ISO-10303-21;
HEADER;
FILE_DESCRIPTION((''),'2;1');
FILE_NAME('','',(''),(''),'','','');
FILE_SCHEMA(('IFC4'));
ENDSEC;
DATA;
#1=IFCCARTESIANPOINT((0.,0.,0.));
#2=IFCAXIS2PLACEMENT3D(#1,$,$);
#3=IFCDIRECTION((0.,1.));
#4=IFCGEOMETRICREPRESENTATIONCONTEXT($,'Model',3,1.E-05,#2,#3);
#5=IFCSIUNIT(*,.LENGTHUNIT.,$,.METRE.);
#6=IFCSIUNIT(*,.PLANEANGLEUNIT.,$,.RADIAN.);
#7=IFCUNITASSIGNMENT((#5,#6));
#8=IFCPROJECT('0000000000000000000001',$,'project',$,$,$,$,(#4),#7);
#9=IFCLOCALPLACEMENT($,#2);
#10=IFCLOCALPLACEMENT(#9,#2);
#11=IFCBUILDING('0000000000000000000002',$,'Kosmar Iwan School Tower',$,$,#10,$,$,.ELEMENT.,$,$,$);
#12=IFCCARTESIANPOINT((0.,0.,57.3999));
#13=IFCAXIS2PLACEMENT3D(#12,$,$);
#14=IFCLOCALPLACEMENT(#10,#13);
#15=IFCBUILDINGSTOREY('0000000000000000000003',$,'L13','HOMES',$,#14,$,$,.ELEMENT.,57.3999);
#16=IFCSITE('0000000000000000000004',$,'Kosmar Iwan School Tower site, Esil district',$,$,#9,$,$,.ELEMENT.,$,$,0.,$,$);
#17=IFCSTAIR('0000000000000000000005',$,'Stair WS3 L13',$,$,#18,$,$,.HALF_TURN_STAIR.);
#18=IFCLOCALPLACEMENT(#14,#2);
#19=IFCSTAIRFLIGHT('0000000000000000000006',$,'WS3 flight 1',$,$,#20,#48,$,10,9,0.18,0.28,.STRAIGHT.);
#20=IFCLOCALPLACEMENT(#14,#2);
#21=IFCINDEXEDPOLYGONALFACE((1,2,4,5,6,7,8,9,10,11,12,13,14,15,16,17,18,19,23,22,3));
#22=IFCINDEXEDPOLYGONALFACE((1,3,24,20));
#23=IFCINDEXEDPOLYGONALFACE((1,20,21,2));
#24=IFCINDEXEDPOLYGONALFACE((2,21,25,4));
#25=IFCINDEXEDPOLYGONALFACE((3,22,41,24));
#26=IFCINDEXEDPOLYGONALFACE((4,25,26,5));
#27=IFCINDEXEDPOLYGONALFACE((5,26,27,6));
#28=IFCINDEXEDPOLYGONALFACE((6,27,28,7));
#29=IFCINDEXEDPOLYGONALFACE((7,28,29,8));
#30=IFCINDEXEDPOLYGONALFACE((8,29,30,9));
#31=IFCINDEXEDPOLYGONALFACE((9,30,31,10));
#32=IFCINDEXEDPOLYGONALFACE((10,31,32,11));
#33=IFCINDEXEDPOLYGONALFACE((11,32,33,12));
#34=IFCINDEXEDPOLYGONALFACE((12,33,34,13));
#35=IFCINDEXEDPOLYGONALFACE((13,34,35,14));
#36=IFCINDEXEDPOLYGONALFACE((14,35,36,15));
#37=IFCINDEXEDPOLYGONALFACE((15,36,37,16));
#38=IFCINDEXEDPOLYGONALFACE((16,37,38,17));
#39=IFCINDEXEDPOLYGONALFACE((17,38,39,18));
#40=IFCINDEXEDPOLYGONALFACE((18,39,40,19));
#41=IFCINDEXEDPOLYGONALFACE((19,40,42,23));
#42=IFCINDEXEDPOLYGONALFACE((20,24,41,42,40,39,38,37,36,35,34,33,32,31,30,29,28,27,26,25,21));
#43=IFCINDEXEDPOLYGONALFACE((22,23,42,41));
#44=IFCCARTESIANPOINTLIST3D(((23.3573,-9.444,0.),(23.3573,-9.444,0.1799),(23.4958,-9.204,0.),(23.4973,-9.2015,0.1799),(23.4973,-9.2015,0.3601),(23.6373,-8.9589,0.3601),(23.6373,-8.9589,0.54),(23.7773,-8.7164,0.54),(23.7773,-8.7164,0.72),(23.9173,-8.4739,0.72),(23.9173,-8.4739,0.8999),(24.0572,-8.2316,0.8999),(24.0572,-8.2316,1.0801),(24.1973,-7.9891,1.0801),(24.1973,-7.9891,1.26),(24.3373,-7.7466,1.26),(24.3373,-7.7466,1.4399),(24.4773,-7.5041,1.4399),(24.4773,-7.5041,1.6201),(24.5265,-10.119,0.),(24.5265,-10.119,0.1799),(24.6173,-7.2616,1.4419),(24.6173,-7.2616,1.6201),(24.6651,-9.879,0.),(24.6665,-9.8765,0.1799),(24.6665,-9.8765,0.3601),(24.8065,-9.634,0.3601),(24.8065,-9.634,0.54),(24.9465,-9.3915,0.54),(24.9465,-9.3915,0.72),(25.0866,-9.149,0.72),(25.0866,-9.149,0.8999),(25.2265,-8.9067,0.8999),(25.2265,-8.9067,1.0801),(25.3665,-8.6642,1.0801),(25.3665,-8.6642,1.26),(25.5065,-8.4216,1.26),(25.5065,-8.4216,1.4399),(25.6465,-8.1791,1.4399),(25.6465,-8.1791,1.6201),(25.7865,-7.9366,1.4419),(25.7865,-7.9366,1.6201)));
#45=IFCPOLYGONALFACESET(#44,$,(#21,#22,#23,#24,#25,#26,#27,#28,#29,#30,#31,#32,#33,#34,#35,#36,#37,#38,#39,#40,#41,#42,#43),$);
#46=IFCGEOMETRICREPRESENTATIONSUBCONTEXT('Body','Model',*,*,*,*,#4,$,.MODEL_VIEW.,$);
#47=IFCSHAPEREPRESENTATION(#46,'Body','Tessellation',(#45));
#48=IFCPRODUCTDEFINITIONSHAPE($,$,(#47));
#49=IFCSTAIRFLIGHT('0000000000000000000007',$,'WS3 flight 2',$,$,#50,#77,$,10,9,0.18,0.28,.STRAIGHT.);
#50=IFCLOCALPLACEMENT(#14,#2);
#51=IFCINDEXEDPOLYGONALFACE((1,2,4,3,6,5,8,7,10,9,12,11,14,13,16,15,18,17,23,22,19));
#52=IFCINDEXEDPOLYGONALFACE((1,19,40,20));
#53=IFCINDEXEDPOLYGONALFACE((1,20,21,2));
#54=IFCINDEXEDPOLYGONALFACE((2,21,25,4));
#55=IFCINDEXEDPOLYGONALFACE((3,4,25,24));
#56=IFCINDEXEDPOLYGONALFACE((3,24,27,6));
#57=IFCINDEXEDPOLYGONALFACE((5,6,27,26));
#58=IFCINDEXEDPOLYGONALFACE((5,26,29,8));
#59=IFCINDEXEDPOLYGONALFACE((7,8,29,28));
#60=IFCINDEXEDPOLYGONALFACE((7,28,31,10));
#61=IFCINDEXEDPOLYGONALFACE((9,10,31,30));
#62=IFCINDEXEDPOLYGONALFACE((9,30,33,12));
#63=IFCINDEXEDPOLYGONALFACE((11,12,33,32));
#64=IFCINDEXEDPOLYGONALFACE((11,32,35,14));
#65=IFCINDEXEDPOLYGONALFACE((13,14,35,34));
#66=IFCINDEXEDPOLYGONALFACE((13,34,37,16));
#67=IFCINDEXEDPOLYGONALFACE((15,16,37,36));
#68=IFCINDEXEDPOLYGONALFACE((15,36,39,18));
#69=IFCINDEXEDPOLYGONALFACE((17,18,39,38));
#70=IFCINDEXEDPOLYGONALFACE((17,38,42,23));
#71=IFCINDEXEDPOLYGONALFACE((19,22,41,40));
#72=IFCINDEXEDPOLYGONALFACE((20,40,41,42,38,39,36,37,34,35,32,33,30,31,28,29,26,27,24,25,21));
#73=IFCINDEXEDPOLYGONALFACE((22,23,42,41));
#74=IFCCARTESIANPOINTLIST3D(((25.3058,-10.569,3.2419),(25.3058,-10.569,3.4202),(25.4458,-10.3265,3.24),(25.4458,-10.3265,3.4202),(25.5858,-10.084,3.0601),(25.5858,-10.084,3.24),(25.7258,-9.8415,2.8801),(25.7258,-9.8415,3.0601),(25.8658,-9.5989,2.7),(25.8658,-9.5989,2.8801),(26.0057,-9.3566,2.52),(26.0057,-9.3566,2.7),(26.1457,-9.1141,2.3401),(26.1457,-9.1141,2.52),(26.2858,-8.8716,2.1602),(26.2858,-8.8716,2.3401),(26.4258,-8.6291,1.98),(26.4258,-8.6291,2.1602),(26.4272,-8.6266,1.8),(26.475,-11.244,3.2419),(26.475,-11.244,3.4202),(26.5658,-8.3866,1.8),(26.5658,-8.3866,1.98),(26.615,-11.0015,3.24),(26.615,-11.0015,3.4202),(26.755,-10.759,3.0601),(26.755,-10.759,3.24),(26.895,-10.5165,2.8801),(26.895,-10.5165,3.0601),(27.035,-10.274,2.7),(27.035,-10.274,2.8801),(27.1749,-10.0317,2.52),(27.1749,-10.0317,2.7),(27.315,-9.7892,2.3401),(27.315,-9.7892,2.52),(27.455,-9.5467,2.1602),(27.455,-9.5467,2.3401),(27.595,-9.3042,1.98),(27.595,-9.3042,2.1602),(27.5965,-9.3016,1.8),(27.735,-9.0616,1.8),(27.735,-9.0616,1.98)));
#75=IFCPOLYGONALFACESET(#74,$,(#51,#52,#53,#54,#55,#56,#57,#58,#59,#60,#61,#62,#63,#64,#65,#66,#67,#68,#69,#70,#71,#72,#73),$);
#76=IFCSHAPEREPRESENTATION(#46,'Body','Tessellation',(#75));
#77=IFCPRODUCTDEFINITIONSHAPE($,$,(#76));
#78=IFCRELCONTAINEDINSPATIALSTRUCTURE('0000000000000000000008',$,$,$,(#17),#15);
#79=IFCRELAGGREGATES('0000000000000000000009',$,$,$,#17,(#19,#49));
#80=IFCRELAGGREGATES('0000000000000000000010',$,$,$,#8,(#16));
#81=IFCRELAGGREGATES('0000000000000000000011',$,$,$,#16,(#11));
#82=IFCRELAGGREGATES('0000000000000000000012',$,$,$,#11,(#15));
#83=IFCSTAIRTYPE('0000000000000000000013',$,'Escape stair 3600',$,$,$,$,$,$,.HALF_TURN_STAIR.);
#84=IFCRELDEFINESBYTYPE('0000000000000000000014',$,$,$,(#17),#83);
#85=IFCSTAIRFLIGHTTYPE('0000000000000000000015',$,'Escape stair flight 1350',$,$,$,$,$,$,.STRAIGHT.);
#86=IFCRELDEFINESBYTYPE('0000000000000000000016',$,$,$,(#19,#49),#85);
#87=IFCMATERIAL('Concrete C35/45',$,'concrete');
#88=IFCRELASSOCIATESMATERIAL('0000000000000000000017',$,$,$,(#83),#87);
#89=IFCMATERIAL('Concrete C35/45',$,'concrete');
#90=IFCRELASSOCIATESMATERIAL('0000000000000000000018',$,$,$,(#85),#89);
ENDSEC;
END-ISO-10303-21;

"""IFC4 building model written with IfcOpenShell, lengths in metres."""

from ifc_helpers import new_model, si_unit, direction, frame, origin, place, context, subcontext, project, spatial, polyline, outline, extrude, material, type_object, element, aggregate, save


model = new_model("IFC4")

# Units and contexts
model_context = context("Model", 3, precision=1e-05, world=origin(), true_north=direction((0.0, 1.0)))
body_context = subcontext(model_context, "Body", "Model", "MODEL_VIEW")
ifc_project = project(units=[si_unit("LENGTHUNIT", "METRE"), si_unit("PLANEANGLEUNIT", "RADIAN")], contexts=[model_context])

# Site, building, storey
site_placement = place(None, origin())
site = spatial("IfcSite", under=ifc_project, at=site_placement, Name="Kosmar Iwan School Tower site, Esil district", CompositionType="ELEMENT", RefElevation=0.0)
building_placement = place(site_placement, origin())
building = spatial("IfcBuilding", under=site, at=building_placement, Name="Kosmar Iwan School Tower", CompositionType="ELEMENT")
storey_placement = place(building_placement, frame((0.0, 0.0, 57.3999)))
storey = spatial("IfcBuildingStorey", under=building, at=storey_placement, Name="L13", Description="HOMES", CompositionType="ELEMENT", Elevation=57.3999)

# Stair, stair flights
ifc_material_1 = material(Name="Concrete C35/45", Category="concrete")
stair_type = type_object("IfcStairType", Name="Escape stair 3600", PredefinedType="HALF_TURN_STAIR", material=ifc_material_1)
stair_placement = place(storey_placement, origin())
stair = element("IfcStair", 1, at=stair_placement, inside=storey, type_object=stair_type, Name="Stair WS3 L13", PredefinedType="HALF_TURN_STAIR")
ifc_material_2 = material(Name="Concrete C35/45", Category="concrete")
stair_flight_type = type_object("IfcStairFlightType", Name="Escape stair flight 1350", PredefinedType="STRAIGHT", material=ifc_material_2)
stair_flight_1_placement = place(storey_placement, frame((23.9419, -9.7815, 0.0), z_axis=(0.0, 0.0, 1.0), x_axis=(0.5, 0.866025, 0.0)))
stair_flight_1 = element("IfcStairFlight", 2, at=stair_flight_1_placement, type_object=stair_flight_type, Name="WS3 flight 1", NumberOfRisers=10, NumberOfTreads=9, PredefinedType="STRAIGHT", RiserHeight=0.18, TreadLength=0.28, context=body_context, shape_type="SweptSolid", body=[
    extrude(outline(polyline([(0.0, 0.0), (0.0, 0.1799), (0.28, 0.1799), (0.28, 0.3601), (0.5601, 0.3601), (0.5601, 0.54), (0.8401, 0.54), (0.8401, 0.72), (1.1201, 0.72), (1.1201, 0.8999), (1.3999, 0.8999), (1.3999, 1.0801), (1.6799, 1.0801), (1.6799, 1.26), (1.96, 1.26), (1.96, 1.4399), (2.24, 1.4399), (2.24, 1.6201), (2.52, 1.6201), (2.52, 1.8), (2.52, 1.4419), (0.2771, 0.0), (0.0, 0.0)])), frame((0.0, 0.675, 0.0), z_axis=(0.0, -1.0, 0.0), x_axis=(1.0, 0.0, 0.0)), (0.0, 0.0, 1.0), 1.3501),
])
stair_flight_2_placement = place(storey_placement, frame((27.1504, -8.7241, 1.8), z_axis=(0.0, 0.0, 1.0), x_axis=(-0.5, -0.866025, 0.0)))
stair_flight_2 = element("IfcStairFlight", 3, at=stair_flight_2_placement, type_object=stair_flight_type, Name="WS3 flight 2", NumberOfRisers=10, NumberOfTreads=9, PredefinedType="STRAIGHT", RiserHeight=0.18, TreadLength=0.28, context=body_context, shape_type="SweptSolid", body=[
    extrude(outline(polyline([(0.0, 0.0), (0.0, 0.1799), (0.28, 0.1799), (0.28, 0.3601), (0.5601, 0.3601), (0.5601, 0.54), (0.8401, 0.54), (0.8401, 0.72), (1.1201, 0.72), (1.1201, 0.8999), (1.3999, 0.8999), (1.3999, 1.0801), (1.6799, 1.0801), (1.6799, 1.26), (1.96, 1.26), (1.96, 1.4399), (2.24, 1.4399), (2.24, 1.6201), (2.52, 1.6201), (2.52, 1.8), (2.52, 1.4419), (0.2771, 0.0), (0.0, 0.0)])), frame((0.0, 0.675, 0.0), z_axis=(0.0, -1.0, 0.0), x_axis=(1.0, 0.0, 0.0)), (0.0, 0.0, 1.0), 1.3501),
])
aggregate(stair, [stair_flight_1, stair_flight_2])

save(model, "model.ifc")
